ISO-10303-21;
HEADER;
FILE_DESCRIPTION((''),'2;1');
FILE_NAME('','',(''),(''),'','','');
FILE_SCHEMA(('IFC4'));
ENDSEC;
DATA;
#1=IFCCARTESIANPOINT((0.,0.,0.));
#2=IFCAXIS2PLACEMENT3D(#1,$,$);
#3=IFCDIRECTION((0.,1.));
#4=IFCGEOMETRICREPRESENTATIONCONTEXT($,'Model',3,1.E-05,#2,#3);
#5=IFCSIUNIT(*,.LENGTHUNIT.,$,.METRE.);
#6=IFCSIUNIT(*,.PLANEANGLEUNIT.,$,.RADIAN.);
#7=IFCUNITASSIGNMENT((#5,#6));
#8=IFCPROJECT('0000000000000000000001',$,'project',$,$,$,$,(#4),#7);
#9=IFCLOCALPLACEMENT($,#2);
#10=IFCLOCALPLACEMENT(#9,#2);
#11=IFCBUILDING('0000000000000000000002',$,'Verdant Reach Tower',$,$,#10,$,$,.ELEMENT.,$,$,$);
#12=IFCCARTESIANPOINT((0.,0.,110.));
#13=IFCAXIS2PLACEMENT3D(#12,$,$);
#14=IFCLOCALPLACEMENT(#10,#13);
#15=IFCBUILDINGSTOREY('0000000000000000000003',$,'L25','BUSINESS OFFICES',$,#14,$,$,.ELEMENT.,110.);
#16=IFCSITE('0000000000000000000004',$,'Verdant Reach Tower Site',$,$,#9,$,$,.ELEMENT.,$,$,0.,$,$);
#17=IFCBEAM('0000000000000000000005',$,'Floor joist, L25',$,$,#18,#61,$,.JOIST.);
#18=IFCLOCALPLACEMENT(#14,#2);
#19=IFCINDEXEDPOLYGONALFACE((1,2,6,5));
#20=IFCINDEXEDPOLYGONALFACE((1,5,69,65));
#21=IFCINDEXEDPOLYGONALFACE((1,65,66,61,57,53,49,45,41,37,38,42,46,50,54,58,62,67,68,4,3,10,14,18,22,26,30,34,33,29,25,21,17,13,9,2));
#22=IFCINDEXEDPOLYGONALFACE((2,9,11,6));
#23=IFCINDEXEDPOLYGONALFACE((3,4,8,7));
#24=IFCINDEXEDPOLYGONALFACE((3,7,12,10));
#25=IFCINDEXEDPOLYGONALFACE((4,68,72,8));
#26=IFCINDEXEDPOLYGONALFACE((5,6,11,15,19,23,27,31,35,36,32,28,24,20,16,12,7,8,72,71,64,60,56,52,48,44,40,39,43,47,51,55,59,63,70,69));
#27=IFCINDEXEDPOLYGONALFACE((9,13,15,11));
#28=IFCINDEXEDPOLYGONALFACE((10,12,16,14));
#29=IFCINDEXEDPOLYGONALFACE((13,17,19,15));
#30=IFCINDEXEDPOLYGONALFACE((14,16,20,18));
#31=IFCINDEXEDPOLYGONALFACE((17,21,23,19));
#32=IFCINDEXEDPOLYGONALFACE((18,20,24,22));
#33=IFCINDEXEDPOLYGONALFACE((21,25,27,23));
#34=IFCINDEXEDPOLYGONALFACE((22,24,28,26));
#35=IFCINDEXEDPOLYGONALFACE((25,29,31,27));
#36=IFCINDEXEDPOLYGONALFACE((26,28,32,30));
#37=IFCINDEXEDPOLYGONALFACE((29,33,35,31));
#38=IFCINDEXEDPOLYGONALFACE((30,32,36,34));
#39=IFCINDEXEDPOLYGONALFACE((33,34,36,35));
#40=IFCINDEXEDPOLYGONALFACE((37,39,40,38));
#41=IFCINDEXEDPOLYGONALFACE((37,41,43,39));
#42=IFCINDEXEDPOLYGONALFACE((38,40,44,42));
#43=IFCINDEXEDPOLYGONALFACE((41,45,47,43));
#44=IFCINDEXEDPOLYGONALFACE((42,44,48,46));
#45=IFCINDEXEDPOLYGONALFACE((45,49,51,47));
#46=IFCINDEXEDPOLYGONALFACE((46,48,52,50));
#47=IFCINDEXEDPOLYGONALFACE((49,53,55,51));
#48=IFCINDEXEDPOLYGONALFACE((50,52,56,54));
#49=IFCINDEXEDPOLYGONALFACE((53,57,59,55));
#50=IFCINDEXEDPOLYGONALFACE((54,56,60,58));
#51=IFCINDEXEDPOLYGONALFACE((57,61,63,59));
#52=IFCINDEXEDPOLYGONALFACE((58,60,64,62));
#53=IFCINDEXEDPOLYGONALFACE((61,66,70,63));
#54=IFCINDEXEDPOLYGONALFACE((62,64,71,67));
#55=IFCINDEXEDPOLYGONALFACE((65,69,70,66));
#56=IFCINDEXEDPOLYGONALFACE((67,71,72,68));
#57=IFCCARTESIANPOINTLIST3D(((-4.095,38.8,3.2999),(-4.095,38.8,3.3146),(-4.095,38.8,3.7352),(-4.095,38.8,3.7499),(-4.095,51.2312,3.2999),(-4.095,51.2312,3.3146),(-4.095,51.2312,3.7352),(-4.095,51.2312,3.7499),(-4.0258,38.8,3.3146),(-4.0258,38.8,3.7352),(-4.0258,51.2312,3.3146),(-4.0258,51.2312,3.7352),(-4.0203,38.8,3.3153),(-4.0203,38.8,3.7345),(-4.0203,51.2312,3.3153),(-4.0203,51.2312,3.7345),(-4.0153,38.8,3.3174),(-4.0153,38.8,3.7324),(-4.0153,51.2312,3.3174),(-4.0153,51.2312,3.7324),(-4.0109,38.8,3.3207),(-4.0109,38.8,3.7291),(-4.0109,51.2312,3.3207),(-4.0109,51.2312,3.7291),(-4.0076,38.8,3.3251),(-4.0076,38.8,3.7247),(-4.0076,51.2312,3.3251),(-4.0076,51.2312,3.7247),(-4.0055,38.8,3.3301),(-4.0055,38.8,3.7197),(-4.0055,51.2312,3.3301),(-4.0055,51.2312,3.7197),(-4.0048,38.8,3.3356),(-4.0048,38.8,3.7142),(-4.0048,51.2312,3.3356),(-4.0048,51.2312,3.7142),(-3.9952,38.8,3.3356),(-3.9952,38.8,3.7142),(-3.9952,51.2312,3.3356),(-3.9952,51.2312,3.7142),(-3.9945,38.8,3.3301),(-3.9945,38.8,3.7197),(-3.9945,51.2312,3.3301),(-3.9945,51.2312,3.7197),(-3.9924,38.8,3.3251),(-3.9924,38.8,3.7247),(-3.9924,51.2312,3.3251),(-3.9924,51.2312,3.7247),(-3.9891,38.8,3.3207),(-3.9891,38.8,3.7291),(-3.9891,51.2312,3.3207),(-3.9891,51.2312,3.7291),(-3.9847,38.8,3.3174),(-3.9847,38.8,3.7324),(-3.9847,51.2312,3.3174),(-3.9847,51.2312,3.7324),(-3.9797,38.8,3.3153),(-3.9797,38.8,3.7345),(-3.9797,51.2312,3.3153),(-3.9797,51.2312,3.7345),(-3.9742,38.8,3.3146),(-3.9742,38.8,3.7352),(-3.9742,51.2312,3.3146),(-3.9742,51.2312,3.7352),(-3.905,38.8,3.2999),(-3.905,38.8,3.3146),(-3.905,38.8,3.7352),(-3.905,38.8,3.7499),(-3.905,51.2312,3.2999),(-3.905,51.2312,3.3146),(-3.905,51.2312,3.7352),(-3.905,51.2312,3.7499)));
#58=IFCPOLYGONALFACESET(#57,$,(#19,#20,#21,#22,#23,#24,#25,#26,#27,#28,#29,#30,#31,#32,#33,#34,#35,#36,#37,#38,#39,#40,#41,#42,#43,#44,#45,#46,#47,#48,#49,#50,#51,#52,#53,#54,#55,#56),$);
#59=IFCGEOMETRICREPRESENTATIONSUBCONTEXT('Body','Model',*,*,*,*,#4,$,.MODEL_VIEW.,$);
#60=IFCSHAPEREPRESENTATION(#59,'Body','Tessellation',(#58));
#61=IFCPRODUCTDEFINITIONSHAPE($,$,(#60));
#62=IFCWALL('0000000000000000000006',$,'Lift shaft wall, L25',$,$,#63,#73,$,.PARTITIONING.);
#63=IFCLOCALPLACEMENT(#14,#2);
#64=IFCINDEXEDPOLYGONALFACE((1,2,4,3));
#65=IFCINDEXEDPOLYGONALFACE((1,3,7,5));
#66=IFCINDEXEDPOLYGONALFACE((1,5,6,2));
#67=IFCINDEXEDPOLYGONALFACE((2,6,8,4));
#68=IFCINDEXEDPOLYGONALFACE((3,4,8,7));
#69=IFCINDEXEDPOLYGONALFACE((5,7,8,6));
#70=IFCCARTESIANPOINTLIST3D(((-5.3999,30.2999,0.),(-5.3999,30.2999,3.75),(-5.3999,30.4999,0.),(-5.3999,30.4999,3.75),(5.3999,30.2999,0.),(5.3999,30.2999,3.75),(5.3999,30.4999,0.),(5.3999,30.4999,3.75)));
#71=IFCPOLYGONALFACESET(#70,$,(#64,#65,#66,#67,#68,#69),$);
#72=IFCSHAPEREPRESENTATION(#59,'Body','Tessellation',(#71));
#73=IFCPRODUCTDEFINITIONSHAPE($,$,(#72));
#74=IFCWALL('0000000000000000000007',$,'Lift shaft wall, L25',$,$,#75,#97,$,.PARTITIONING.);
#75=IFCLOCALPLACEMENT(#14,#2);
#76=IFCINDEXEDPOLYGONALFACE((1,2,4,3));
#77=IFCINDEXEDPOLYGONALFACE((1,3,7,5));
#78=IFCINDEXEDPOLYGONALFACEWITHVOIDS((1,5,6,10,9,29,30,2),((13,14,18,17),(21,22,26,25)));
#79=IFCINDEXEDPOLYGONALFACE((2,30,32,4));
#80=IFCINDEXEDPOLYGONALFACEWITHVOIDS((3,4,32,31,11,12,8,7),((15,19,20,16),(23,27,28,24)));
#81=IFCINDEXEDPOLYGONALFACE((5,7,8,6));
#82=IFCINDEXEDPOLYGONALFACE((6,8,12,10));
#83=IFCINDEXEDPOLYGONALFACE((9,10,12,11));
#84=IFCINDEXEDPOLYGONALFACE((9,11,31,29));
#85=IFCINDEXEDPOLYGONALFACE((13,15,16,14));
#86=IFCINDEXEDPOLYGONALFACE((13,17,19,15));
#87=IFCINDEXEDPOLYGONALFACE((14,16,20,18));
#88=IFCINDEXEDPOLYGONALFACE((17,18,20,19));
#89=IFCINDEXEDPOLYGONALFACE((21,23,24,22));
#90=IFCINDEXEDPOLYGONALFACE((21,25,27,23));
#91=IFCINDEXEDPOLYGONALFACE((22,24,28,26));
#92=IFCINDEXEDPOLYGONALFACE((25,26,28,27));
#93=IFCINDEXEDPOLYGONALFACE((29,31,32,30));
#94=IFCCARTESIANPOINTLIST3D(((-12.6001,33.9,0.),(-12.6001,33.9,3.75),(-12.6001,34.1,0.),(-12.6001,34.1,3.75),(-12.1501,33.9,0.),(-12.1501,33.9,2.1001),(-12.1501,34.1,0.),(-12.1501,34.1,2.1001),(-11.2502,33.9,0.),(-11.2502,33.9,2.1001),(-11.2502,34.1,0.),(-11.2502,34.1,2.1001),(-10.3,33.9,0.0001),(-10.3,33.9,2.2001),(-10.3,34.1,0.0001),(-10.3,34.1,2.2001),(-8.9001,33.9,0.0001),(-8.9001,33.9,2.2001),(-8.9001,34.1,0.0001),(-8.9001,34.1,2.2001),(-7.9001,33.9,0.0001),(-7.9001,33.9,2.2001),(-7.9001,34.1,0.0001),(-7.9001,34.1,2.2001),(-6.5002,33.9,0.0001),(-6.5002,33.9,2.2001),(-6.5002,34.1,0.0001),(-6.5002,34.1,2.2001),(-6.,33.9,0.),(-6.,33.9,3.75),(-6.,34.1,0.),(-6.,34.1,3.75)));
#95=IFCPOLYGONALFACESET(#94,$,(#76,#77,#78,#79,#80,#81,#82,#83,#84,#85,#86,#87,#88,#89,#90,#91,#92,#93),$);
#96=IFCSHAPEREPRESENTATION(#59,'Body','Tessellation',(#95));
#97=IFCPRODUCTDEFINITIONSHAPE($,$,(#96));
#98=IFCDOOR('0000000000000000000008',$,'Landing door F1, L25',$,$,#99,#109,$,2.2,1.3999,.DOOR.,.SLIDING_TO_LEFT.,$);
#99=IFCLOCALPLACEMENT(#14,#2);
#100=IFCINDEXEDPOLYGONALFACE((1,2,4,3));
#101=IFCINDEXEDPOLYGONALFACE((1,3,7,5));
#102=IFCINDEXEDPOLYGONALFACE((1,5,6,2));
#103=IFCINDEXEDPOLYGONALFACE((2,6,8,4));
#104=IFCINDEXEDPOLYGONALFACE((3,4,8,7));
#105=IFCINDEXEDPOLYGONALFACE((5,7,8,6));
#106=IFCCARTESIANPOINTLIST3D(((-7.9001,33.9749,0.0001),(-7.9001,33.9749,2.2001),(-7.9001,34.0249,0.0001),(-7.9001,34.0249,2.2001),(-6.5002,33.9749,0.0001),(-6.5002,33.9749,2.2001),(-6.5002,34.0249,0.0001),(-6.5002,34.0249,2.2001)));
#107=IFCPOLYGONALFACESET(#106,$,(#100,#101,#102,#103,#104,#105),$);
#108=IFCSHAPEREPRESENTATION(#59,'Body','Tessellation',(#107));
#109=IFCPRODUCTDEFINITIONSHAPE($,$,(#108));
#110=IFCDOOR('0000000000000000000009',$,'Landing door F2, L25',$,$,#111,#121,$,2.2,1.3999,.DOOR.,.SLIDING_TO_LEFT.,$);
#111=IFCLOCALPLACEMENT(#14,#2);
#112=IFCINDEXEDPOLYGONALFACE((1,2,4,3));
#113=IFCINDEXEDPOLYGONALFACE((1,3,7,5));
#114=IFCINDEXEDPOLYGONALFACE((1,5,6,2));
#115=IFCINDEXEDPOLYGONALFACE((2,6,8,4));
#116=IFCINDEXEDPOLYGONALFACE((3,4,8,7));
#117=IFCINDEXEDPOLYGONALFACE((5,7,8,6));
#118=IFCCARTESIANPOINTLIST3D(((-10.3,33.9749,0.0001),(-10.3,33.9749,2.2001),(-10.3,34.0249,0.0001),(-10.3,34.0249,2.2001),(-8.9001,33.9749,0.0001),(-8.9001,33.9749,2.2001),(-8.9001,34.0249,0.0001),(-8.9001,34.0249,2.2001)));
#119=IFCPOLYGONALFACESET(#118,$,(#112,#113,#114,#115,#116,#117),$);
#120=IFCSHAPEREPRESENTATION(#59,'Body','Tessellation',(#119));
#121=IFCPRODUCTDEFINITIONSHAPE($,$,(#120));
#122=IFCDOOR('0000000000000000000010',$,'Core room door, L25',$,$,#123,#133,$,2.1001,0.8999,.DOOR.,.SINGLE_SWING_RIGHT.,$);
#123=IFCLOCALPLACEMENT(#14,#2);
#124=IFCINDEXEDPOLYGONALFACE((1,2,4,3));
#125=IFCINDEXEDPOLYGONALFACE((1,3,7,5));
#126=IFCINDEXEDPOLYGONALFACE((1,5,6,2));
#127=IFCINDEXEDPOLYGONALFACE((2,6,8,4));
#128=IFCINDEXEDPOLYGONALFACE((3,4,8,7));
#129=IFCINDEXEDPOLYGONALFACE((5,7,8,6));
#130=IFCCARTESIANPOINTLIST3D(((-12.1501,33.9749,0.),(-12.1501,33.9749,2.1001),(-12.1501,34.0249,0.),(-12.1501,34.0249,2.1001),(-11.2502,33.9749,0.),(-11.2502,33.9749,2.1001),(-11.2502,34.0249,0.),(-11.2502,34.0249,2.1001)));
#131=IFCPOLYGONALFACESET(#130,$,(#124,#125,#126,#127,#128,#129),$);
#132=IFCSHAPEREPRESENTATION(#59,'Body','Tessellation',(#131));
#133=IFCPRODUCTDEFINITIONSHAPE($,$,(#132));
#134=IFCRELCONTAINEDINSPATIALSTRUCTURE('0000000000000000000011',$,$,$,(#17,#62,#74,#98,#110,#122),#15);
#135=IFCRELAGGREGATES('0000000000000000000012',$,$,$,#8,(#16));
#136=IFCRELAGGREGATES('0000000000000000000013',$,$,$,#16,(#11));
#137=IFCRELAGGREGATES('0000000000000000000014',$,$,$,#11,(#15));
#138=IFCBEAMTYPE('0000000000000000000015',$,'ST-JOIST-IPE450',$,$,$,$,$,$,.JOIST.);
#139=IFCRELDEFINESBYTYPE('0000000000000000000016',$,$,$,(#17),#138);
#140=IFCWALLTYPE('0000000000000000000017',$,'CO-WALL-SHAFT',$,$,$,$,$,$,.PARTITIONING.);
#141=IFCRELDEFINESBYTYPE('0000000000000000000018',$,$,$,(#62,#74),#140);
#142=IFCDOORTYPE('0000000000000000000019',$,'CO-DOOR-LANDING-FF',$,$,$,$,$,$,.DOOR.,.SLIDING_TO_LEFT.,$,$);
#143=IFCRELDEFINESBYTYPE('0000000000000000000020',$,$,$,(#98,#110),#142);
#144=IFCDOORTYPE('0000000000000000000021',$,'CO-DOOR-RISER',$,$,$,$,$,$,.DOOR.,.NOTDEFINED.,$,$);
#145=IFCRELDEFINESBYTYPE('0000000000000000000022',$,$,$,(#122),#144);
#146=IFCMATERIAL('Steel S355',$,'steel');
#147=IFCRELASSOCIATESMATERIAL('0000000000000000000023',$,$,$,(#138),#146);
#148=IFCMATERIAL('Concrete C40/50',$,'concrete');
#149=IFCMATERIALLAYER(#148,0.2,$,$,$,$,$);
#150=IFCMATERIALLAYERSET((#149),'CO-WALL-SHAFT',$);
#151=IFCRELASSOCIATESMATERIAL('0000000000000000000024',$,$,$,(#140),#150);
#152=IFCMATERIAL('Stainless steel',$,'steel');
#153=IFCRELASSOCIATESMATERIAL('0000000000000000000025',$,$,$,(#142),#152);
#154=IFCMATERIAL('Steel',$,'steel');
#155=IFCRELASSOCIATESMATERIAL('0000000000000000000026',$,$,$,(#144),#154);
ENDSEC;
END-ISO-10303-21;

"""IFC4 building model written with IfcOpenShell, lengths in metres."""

from ifc_helpers import new_model, si_unit, direction, frame, frame_2d, origin, origin_2d, place, context, subcontext, project, spatial, rectangle, i_section, extrude, material, layer, layer_set, material_profile, profile_set, type_object, element, fill, save


model = new_model("IFC4")

# Units and contexts
model_context = context("Model", 3, precision=1e-05, world=origin(), true_north=direction((0.0, 1.0)))
body_context = subcontext(model_context, "Body", "Model", "MODEL_VIEW")
ifc_project = project(units=[si_unit("LENGTHUNIT", "METRE"), si_unit("PLANEANGLEUNIT", "RADIAN")], contexts=[model_context])

# Site, building, storey
site_placement = place(None, origin())
site = spatial("IfcSite", under=ifc_project, at=site_placement, Name="Verdant Reach Tower Site", CompositionType="ELEMENT", RefElevation=0.0)
building_placement = place(site_placement, origin())
building = spatial("IfcBuilding", under=site, at=building_placement, Name="Verdant Reach Tower", CompositionType="ELEMENT")
storey_placement = place(building_placement, frame((0.0, 0.0, 110.0)))
storey = spatial("IfcBuildingStorey", under=building, at=storey_placement, Name="L25", Description="BUSINESS OFFICES", CompositionType="ELEMENT", Elevation=110.0)

# Beam
ifc_material_1 = material(Name="Steel S355", Category="steel")
ifc_material_profile_1 = material_profile(ifc_material_1, i_section(OverallWidth=0.1899, OverallDepth=0.45, WebThickness=0.0095, FlangeThickness=0.0146, FilletRadius=0.021, at=origin_2d()), Name="IPE 450")
ifc_profile_set_1 = profile_set([ifc_material_profile_1], Name="Steel S355")
beam_type_1 = type_object("IfcBeamType", Name="ST-JOIST-IPE450", PredefinedType="JOIST", material=ifc_profile_set_1)
beam_1_placement = place(storey_placement, frame((-4.0, 38.8, 3.5249), z_axis=(0.0, 1.0, 0.0), x_axis=(-1.0, 0.0, 0.0)))
element("IfcBeam", 1, at=beam_1_placement, inside=storey, type_object=beam_type_1, Name="Floor joist, L25", PredefinedType="JOIST", context=body_context, shape_type="SweptSolid", body=[
    extrude(i_section(OverallWidth=0.1899, OverallDepth=0.45, WebThickness=0.0095, FlangeThickness=0.0146, FilletRadius=0.021, at=origin_2d()), origin(), (0.0, 0.0, 1.0), 12.4312),
])

# Wall
ifc_material_2 = material(Name="Concrete C40/50", Category="concrete")
ifc_layer_1 = layer(ifc_material_2, 0.2)
ifc_layer_set_1 = layer_set([ifc_layer_1], Name="CO-WALL-SHAFT")
wall_type_1 = type_object("IfcWallType", Name="CO-WALL-SHAFT", PredefinedType="PARTITIONING", material=ifc_layer_set_1)
wall_1_placement = place(storey_placement, frame((-5.3999, 30.3999, 0.0), z_axis=(0.0, 0.0, 1.0), x_axis=(1.0, 0.0, 0.0)))
element("IfcWall", 2, at=wall_1_placement, inside=storey, type_object=wall_type_1, Name="Lift shaft wall, L25", PredefinedType="PARTITIONING", context=body_context, shape_type="SweptSolid", body=[
    extrude(rectangle(XDim=10.7998, YDim=0.2, at=frame_2d((5.3999, 0.0))), origin(), (0.0, 0.0, 1.0), 3.75),
])

# Wall, openings, doors
wall_2_placement = place(storey_placement, frame((-12.6001, 34.0, 0.0), z_axis=(0.0, 0.0, 1.0), x_axis=(1.0, 0.0, 0.0)))
wall_2 = element("IfcWall", 3, at=wall_2_placement, inside=storey, type_object=wall_type_1, Name="Lift shaft wall, L25", PredefinedType="PARTITIONING", context=body_context, shape_type="SweptSolid", body=[
    extrude(rectangle(XDim=6.6001, YDim=0.2, at=frame_2d((3.3, 0.0))), origin(), (0.0, 0.0, 1.0), 3.75),
])
opening_1_placement = place(wall_2_placement, frame((4.7, 0.0, 0.0)))
opening_1 = element("IfcOpeningElement", 4, at=opening_1_placement, cuts=wall_2, PredefinedType="OPENING", context=body_context, shape_type="SweptSolid", body=[
    extrude(rectangle(XDim=1.3999, YDim=2.2, at=frame_2d((0.7, 1.1001))), frame((0.0, 0.1099, 0.0), z_axis=(0.0, -1.0, 0.0), x_axis=(1.0, 0.0, 0.0)), (0.0, 0.0, 1.0), 0.22),
])
opening_2_placement = place(wall_2_placement, frame((2.3, 0.0, 0.0)))
opening_2 = element("IfcOpeningElement", 5, at=opening_2_placement, cuts=wall_2, PredefinedType="OPENING", context=body_context, shape_type="SweptSolid", body=[
    extrude(rectangle(XDim=1.3999, YDim=2.2, at=frame_2d((0.7, 1.1001))), frame((0.0, 0.1099, 0.0), z_axis=(0.0, -1.0, 0.0), x_axis=(1.0, 0.0, 0.0)), (0.0, 0.0, 1.0), 0.22),
])
opening_3_placement = place(wall_2_placement, frame((0.45, 0.0, 0.0)))
opening_3 = element("IfcOpeningElement", 6, at=opening_3_placement, cuts=wall_2, PredefinedType="OPENING", context=body_context, shape_type="SweptSolid", body=[
    extrude(rectangle(XDim=0.8999, YDim=2.1001, at=frame_2d((0.45, 1.05))), frame((0.0, 0.1099, 0.0), z_axis=(0.0, -1.0, 0.0), x_axis=(1.0, 0.0, 0.0)), (0.0, 0.0, 1.0), 0.22),
])
ifc_material_3 = material(Name="Stainless steel", Category="steel")
door_type_1 = type_object("IfcDoorType", Name="CO-DOOR-LANDING-FF", OperationType="SLIDING_TO_LEFT", PredefinedType="DOOR", material=ifc_material_3)
door_1_placement = place(opening_1_placement, origin())
door_1 = element("IfcDoor", 7, at=door_1_placement, inside=storey, type_object=door_type_1, Name="Landing door F1, L25", OperationType="SLIDING_TO_LEFT", OverallHeight=2.2, OverallWidth=1.3999, PredefinedType="DOOR", context=body_context, shape_type="SweptSolid", body=[
    extrude(rectangle(XDim=1.3999, YDim=2.2, at=frame_2d((0.7, 1.1001))), frame((0.0, 0.0249, 0.0), z_axis=(0.0, -1.0, 0.0), x_axis=(1.0, 0.0, 0.0)), (0.0, 0.0, 1.0), 0.05),
])
fill(opening_1, door_1)
door_2_placement = place(opening_2_placement, origin())
door_2 = element("IfcDoor", 8, at=door_2_placement, inside=storey, type_object=door_type_1, Name="Landing door F2, L25", OperationType="SLIDING_TO_LEFT", OverallHeight=2.2, OverallWidth=1.3999, PredefinedType="DOOR", context=body_context, shape_type="SweptSolid", body=[
    extrude(rectangle(XDim=1.3999, YDim=2.2, at=frame_2d((0.7, 1.1001))), frame((0.0, 0.0249, 0.0), z_axis=(0.0, -1.0, 0.0), x_axis=(1.0, 0.0, 0.0)), (0.0, 0.0, 1.0), 0.05),
])
fill(opening_2, door_2)
ifc_material_4 = material(Name="Steel", Category="steel")
door_type_2 = type_object("IfcDoorType", Name="CO-DOOR-RISER", OperationType="NOTDEFINED", PredefinedType="DOOR", material=ifc_material_4)
door_3_placement = place(opening_3_placement, origin())
door_3 = element("IfcDoor", 9, at=door_3_placement, inside=storey, type_object=door_type_2, Name="Core room door, L25", OperationType="SINGLE_SWING_RIGHT", OverallHeight=2.1001, OverallWidth=0.8999, PredefinedType="DOOR", context=body_context, shape_type="SweptSolid", body=[
    extrude(rectangle(XDim=0.8999, YDim=2.1001, at=frame_2d((0.45, 1.05))), frame((0.0, 0.0249, 0.0), z_axis=(0.0, -1.0, 0.0), x_axis=(1.0, 0.0, 0.0)), (0.0, 0.0, 1.0), 0.05),
])
fill(opening_3, door_3)

save(model, "model.ifc")
